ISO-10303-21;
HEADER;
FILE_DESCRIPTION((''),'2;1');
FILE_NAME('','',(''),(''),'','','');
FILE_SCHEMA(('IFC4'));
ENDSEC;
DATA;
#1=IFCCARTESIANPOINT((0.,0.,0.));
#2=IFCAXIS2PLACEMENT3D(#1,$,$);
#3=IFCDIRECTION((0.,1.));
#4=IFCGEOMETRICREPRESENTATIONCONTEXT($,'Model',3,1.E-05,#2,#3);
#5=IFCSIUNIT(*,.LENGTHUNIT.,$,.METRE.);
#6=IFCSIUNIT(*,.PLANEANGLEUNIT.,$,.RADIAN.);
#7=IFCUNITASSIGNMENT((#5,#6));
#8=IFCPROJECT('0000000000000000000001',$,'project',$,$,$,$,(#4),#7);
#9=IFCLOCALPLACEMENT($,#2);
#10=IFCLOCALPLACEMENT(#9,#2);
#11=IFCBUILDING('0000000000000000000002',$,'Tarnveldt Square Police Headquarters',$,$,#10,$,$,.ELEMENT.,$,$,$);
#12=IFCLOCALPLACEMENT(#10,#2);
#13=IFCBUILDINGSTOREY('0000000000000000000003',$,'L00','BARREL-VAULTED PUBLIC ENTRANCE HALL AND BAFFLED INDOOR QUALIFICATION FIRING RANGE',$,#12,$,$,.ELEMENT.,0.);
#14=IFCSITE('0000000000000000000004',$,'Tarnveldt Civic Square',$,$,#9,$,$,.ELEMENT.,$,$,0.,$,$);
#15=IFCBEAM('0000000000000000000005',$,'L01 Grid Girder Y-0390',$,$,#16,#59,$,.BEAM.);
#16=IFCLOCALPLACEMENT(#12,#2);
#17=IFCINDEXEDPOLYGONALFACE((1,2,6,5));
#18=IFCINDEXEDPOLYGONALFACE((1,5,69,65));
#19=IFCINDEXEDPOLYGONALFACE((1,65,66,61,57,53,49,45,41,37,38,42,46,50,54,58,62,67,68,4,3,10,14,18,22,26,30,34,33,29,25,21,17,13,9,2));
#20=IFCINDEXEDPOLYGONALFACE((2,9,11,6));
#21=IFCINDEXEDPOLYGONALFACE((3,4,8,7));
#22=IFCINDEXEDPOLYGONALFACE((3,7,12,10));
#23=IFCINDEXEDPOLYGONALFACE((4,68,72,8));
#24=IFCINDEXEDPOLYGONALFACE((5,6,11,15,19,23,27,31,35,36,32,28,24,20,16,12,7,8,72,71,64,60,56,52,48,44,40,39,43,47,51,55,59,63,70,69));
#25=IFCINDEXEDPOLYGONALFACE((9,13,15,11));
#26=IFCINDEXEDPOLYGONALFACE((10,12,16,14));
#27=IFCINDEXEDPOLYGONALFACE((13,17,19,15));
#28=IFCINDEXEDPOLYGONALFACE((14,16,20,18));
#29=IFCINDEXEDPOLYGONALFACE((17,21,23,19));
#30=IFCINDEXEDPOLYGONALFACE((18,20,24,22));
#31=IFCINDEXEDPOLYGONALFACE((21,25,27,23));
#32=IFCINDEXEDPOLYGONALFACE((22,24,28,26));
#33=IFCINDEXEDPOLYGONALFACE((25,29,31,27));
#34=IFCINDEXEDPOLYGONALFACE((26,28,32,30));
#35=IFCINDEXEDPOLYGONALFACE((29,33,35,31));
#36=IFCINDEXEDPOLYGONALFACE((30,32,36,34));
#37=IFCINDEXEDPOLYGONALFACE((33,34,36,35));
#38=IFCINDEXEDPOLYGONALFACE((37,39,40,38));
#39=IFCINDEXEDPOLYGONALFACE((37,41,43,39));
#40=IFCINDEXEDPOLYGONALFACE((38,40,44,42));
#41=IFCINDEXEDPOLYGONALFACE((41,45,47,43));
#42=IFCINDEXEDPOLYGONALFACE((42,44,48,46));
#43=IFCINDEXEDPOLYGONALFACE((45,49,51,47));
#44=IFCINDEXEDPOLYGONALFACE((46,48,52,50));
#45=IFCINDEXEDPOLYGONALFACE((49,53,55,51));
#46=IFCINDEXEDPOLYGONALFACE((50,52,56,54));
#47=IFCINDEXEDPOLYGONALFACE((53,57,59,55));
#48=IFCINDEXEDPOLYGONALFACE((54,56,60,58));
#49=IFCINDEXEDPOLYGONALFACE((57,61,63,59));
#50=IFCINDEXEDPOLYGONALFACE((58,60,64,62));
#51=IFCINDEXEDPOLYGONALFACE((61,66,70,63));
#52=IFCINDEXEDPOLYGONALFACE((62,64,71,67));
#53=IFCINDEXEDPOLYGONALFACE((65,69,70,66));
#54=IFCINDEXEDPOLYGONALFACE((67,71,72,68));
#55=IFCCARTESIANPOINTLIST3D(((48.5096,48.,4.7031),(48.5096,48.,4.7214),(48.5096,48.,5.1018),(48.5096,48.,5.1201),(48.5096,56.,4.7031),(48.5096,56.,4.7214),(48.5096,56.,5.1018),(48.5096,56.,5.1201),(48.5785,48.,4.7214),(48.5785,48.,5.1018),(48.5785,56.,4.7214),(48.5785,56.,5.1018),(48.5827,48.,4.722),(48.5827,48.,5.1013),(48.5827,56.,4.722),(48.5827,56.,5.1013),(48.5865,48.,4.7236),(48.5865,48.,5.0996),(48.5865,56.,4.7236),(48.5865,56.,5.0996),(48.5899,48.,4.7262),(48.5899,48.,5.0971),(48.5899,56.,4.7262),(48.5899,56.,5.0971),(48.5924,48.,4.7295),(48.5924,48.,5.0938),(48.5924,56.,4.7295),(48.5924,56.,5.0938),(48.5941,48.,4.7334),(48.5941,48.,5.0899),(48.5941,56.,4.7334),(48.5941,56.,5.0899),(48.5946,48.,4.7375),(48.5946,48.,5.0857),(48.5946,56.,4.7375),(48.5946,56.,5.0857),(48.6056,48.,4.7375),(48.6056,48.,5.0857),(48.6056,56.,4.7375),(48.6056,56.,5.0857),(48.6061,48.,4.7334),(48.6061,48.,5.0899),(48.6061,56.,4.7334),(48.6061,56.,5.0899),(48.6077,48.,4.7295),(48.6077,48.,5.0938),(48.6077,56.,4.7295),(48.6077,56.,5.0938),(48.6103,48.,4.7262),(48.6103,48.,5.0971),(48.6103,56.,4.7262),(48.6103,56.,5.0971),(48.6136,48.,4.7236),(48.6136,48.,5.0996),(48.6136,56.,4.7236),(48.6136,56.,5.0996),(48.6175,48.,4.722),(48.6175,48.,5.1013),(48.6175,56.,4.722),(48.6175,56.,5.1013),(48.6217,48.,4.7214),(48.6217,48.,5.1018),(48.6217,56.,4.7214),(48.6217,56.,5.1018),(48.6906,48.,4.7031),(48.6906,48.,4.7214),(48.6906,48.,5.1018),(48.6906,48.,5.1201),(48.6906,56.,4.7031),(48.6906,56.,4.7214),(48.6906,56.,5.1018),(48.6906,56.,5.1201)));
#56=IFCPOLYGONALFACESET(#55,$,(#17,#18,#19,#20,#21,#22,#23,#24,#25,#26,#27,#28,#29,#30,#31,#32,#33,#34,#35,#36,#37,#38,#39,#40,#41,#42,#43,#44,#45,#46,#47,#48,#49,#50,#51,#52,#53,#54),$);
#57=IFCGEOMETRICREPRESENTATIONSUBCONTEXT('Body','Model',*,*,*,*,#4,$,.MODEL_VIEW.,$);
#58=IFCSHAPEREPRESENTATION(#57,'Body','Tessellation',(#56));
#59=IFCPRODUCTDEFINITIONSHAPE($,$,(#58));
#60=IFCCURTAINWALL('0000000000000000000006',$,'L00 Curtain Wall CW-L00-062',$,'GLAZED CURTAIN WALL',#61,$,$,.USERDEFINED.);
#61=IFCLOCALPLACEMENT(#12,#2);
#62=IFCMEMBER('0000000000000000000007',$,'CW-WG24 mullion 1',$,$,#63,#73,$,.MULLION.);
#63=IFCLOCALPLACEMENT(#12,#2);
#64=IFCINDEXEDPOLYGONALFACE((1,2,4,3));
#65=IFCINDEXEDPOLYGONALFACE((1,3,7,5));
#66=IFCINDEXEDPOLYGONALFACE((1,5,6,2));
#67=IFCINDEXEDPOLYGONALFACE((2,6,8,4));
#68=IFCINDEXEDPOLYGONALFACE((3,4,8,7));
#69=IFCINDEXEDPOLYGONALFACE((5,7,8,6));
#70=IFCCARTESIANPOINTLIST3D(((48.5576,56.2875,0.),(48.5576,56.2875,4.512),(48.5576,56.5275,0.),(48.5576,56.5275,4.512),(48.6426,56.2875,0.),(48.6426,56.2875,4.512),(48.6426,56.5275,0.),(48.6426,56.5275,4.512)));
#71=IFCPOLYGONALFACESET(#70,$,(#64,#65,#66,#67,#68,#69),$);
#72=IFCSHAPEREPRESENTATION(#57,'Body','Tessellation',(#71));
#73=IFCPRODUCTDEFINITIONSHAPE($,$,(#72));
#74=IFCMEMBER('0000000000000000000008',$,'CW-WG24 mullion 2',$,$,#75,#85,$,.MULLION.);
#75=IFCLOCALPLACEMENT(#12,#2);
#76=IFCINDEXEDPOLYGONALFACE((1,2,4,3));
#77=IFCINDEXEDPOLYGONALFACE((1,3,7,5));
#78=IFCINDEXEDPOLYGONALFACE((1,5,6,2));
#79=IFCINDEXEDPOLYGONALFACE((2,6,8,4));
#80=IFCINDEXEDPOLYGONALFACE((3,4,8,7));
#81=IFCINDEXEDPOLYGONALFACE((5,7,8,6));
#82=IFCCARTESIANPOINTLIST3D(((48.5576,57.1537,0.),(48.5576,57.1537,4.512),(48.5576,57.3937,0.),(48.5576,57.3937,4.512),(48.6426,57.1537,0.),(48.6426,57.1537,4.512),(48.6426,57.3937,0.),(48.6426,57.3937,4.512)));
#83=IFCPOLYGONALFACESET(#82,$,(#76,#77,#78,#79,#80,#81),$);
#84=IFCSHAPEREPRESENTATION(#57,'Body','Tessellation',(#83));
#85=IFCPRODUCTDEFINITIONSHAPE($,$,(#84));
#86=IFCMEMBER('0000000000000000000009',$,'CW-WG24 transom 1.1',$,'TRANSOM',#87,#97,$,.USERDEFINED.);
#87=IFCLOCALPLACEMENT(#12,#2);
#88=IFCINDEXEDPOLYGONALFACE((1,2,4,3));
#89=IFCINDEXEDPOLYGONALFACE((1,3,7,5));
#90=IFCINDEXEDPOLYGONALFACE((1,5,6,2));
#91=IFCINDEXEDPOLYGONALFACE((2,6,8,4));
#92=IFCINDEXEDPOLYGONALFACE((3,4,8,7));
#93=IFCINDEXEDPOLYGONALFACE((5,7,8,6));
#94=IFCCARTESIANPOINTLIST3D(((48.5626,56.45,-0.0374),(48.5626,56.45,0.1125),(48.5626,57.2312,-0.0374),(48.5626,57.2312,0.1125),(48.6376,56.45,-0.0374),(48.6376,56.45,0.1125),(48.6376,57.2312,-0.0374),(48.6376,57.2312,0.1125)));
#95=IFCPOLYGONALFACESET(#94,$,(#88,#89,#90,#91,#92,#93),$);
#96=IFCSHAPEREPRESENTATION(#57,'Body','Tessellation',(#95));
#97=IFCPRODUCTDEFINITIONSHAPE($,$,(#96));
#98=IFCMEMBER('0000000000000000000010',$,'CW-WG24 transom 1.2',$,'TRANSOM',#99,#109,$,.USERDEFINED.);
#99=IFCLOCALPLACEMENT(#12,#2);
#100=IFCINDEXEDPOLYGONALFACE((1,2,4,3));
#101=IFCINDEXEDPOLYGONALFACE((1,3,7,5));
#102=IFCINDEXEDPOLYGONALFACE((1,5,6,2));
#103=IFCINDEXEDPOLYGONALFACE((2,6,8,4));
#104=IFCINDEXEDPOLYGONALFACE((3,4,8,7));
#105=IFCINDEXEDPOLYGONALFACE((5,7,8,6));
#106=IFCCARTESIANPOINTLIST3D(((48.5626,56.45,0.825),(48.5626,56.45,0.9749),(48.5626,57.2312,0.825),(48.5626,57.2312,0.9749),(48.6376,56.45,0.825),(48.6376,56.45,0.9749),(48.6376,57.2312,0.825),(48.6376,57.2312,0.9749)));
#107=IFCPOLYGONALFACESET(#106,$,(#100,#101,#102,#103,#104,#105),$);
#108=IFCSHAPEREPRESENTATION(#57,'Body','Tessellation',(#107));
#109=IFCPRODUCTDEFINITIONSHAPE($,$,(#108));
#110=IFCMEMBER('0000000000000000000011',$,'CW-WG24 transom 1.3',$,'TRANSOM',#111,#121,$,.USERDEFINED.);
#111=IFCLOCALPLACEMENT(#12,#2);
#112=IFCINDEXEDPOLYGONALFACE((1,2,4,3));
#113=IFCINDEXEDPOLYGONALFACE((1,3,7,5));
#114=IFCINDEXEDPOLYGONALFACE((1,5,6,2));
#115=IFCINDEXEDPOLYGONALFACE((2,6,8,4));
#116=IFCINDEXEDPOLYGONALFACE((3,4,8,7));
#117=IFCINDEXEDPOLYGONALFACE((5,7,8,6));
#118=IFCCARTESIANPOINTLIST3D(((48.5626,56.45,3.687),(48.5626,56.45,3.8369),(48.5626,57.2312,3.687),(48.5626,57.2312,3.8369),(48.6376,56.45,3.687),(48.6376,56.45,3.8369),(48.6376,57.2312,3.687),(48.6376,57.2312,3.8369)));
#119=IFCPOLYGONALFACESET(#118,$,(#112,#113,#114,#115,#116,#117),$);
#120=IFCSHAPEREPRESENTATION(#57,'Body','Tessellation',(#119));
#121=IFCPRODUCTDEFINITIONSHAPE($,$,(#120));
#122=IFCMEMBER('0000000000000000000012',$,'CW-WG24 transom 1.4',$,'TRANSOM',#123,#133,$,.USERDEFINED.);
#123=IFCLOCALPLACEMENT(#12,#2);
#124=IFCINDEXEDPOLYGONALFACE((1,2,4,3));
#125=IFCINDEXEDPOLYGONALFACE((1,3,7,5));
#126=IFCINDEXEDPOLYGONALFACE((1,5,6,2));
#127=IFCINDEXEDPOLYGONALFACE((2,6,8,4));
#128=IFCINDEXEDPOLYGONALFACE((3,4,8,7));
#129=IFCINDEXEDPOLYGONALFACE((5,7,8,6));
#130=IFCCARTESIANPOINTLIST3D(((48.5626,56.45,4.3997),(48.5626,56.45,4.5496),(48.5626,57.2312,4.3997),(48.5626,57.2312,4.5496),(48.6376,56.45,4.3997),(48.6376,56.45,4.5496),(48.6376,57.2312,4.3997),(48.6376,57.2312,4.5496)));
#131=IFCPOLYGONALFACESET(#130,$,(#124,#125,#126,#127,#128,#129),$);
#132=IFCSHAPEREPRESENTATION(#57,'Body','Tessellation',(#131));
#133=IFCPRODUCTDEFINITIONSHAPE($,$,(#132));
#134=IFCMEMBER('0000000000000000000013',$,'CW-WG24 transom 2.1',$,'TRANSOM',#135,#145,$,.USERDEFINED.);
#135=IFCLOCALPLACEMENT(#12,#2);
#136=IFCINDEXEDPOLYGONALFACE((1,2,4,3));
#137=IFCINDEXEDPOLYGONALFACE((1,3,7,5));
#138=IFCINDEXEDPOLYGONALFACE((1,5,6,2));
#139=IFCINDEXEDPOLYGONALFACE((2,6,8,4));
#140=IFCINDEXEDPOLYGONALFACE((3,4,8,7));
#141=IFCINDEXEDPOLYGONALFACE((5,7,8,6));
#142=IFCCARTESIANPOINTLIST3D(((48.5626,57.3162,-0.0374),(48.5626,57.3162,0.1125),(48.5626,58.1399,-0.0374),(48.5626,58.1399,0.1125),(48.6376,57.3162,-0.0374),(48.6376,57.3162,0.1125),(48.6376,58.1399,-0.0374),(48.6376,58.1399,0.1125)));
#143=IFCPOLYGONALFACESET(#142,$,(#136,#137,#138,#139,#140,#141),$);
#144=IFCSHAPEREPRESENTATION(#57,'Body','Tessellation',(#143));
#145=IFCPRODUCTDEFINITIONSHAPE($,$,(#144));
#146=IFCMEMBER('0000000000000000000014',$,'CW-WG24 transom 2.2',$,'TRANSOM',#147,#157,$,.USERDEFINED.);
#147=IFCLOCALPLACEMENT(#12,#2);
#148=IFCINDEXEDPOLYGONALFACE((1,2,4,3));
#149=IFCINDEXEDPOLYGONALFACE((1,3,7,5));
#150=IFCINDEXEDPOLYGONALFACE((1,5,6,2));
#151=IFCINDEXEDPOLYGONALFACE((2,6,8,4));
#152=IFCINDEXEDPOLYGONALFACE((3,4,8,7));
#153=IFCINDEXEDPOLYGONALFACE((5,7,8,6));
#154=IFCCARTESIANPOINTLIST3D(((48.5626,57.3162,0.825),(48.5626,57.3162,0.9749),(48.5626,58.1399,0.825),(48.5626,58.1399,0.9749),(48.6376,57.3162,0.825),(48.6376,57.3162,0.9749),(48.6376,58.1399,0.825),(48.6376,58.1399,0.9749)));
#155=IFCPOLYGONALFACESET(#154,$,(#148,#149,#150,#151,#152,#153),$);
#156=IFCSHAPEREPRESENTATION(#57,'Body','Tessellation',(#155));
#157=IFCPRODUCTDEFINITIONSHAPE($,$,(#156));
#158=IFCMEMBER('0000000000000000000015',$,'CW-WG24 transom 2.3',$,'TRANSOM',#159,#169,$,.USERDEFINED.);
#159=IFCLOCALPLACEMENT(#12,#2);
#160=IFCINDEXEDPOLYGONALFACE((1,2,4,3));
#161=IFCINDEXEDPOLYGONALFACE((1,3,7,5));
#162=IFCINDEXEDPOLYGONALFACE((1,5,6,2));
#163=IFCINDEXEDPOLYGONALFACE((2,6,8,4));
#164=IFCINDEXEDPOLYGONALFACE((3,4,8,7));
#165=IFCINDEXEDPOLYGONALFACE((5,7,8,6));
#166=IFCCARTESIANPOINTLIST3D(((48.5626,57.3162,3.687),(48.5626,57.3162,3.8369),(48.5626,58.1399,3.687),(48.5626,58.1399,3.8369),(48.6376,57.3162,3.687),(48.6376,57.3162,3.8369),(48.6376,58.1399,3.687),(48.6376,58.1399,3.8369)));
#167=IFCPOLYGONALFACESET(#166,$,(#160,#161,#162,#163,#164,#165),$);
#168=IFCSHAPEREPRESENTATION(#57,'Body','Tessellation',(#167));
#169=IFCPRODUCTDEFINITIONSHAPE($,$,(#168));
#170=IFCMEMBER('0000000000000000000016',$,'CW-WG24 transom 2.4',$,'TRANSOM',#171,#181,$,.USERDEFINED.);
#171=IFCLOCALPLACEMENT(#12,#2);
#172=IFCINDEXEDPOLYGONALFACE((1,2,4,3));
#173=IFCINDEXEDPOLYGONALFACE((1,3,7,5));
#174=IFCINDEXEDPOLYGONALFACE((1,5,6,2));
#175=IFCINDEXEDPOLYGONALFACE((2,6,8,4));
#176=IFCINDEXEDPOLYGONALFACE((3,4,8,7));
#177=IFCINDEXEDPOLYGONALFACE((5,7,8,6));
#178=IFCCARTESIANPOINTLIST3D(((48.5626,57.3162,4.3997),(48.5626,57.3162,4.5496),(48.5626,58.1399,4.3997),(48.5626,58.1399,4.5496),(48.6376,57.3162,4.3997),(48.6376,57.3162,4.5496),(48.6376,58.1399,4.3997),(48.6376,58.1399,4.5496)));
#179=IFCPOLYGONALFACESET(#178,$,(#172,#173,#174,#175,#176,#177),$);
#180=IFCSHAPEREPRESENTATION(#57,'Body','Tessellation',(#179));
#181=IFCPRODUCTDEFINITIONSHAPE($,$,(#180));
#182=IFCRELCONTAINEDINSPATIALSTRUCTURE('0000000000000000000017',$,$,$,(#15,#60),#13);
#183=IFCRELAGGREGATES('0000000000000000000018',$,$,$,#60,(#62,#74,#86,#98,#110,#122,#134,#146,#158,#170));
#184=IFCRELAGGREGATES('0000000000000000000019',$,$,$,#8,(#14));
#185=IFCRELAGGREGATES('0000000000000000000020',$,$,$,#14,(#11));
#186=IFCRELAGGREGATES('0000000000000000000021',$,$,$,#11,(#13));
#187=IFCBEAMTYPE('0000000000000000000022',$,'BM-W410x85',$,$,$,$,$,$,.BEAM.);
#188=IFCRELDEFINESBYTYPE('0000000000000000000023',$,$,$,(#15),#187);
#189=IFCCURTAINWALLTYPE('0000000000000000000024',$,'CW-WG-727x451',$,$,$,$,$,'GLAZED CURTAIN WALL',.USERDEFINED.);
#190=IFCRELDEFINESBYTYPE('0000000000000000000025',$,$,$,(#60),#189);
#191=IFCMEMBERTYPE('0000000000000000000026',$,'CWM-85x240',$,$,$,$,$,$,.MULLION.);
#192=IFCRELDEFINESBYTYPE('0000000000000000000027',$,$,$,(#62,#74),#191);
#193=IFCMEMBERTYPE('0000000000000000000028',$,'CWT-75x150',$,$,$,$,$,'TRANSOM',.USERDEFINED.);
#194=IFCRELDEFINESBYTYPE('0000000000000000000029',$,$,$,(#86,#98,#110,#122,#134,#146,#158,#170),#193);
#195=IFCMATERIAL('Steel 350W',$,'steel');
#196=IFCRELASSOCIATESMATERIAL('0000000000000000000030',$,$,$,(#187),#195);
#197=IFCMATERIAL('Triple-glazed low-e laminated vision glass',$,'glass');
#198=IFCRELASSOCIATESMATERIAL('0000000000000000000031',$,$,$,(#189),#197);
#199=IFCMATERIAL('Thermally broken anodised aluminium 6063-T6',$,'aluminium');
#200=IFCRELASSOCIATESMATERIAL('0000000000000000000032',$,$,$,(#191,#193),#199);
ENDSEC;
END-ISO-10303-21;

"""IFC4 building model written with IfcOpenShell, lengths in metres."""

from ifc_helpers import new_model, si_unit, direction, frame, origin, origin_2d, place, context, subcontext, project, spatial, rectangle, i_section, extrude, material, material_profile, profile_set, type_object, element, aggregate, save


model = new_model("IFC4")

# Units and contexts
model_context = context("Model", 3, precision=1e-05, world=origin(), true_north=direction((0.0, 1.0)))
body_context = subcontext(model_context, "Body", "Model", "MODEL_VIEW")
ifc_project = project(units=[si_unit("LENGTHUNIT", "METRE"), si_unit("PLANEANGLEUNIT", "RADIAN")], contexts=[model_context])

# Site, building, storey
site_placement = place(None, origin())
site = spatial("IfcSite", under=ifc_project, at=site_placement, Name="Tarnveldt Civic Square", CompositionType="ELEMENT", RefElevation=0.0)
building_placement = place(site_placement, origin())
building = spatial("IfcBuilding", under=site, at=building_placement, Name="Tarnveldt Square Police Headquarters", CompositionType="ELEMENT")
storey_placement = place(building_placement, origin())
storey = spatial("IfcBuildingStorey", under=building, at=storey_placement, Name="L00", Description="BARREL-VAULTED PUBLIC ENTRANCE HALL AND BAFFLED INDOOR QUALIFICATION FIRING RANGE", CompositionType="ELEMENT", Elevation=0.0)

# Beam
ifc_material_1 = material(Name="Steel 350W", Category="steel")
ifc_material_profile_1 = material_profile(ifc_material_1, i_section(OverallWidth=0.1809, OverallDepth=0.417, WebThickness=0.011, FlangeThickness=0.0183, FilletRadius=0.0161, at=origin_2d()), Name="W410x85")
ifc_profile_set_1 = profile_set([ifc_material_profile_1], Name="Steel 350W")
beam_type_1 = type_object("IfcBeamType", Name="BM-W410x85", PredefinedType="BEAM", material=ifc_profile_set_1)
for number, where, z_axis, x_axis, name in (
    (1, (48.6001, 48.0, 4.9116), (0.0, 1.0, 0.0), (-1.0, 0.0, 0.0), "L01 Grid Girder Y-0390"),
):
    element("IfcBeam", number, at=place(storey_placement, frame(where, z_axis=z_axis, x_axis=x_axis)), inside=storey, type_object=beam_type_1, Name=name, PredefinedType="BEAM", context=body_context, shape_type="SweptSolid", body=[
        extrude(i_section(OverallWidth=0.1809, OverallDepth=0.417, WebThickness=0.011, FlangeThickness=0.0183, FilletRadius=0.0161, at=origin_2d()), origin(), (0.0, 0.0, 1.0), 8.0),
    ])

# Curtain wall, members
ifc_material_2 = material(Name="Triple-glazed low-e laminated vision glass", Category="glass")
curtain_wall_type = type_object("IfcCurtainWallType", Name="CW-WG-727x451", ElementType="GLAZED CURTAIN WALL", PredefinedType="USERDEFINED", material=ifc_material_2)
curtain_wall_placement = place(storey_placement, origin())
curtain_wall = element("IfcCurtainWall", 2, at=curtain_wall_placement, inside=storey, type_object=curtain_wall_type, Name="L00 Curtain Wall CW-L00-062", ObjectType="GLAZED CURTAIN WALL", PredefinedType="USERDEFINED")
ifc_material_3 = material(Name="Thermally broken anodised aluminium 6063-T6", Category="aluminium")
ifc_material_profile_2 = material_profile(ifc_material_3, rectangle(XDim=0.085, YDim=0.24, at=origin_2d()), Name="CW-M85x240")
ifc_profile_set_2 = profile_set([ifc_material_profile_2], Name="Thermally broken anodised aluminium 6063-T6")
member_type_1 = type_object("IfcMemberType", Name="CWM-85x240", PredefinedType="MULLION", material=ifc_profile_set_2)
member_1_placement = place(storey_placement, frame((48.6001, 56.4075, 0.0), z_axis=(0.0, 0.0, 1.0), x_axis=(-1.0, 0.0, 0.0)))
member_1 = element("IfcMember", 3, at=member_1_placement, type_object=member_type_1, Name="CW-WG24 mullion 1", PredefinedType="MULLION", context=body_context, shape_type="SweptSolid", body=[
    extrude(rectangle(XDim=0.085, YDim=0.24, at=origin_2d()), origin(), (0.0, 0.0, 1.0), 4.512),
])
member_2_placement = place(storey_placement, frame((48.6001, 57.2737, 0.0), z_axis=(0.0, 0.0, 1.0), x_axis=(-1.0, 0.0, 0.0)))
member_2 = element("IfcMember", 4, at=member_2_placement, type_object=member_type_1, Name="CW-WG24 mullion 2", PredefinedType="MULLION", context=body_context, shape_type="SweptSolid", body=[
    extrude(rectangle(XDim=0.085, YDim=0.24, at=origin_2d()), origin(), (0.0, 0.0, 1.0), 4.512),
])
ifc_material_profile_3 = material_profile(ifc_material_3, rectangle(XDim=0.075, YDim=0.1499, at=origin_2d()), Name="CW-T75x150")
ifc_profile_set_3 = profile_set([ifc_material_profile_3], Name="Thermally broken anodised aluminium 6063-T6")
member_type_2 = type_object("IfcMemberType", Name="CWT-75x150", ElementType="TRANSOM", PredefinedType="USERDEFINED", material=ifc_profile_set_3)
member_3_placement = place(storey_placement, frame((48.6001, 56.45, 0.0376), z_axis=(0.0, 1.0, 0.0), x_axis=(-1.0, 0.0, 0.0)))
member_3 = element("IfcMember", 5, at=member_3_placement, type_object=member_type_2, Name="CW-WG24 transom 1.1", ObjectType="TRANSOM", PredefinedType="USERDEFINED", context=body_context, shape_type="SweptSolid", body=[
    extrude(rectangle(XDim=0.075, YDim=0.1499, at=origin_2d()), origin(), (0.0, 0.0, 1.0), 0.7812),
])
member_4_placement = place(storey_placement, frame((48.6001, 56.45, 0.8999), z_axis=(0.0, 1.0, 0.0), x_axis=(-1.0, 0.0, 0.0)))
member_4 = element("IfcMember", 6, at=member_4_placement, type_object=member_type_2, Name="CW-WG24 transom 1.2", ObjectType="TRANSOM", PredefinedType="USERDEFINED", context=body_context, shape_type="SweptSolid", body=[
    extrude(rectangle(XDim=0.075, YDim=0.1499, at=origin_2d()), origin(), (0.0, 0.0, 1.0), 0.7812),
])
member_5_placement = place(storey_placement, frame((48.6001, 56.45, 3.762), z_axis=(0.0, 1.0, 0.0), x_axis=(-1.0, 0.0, 0.0)))
member_5 = element("IfcMember", 7, at=member_5_placement, type_object=member_type_2, Name="CW-WG24 transom 1.3", ObjectType="TRANSOM", PredefinedType="USERDEFINED", context=body_context, shape_type="SweptSolid", body=[
    extrude(rectangle(XDim=0.075, YDim=0.1499, at=origin_2d()), origin(), (0.0, 0.0, 1.0), 0.7812),
])
member_6_placement = place(storey_placement, frame((48.6001, 56.45, 4.4746), z_axis=(0.0, 1.0, 0.0), x_axis=(-1.0, 0.0, 0.0)))
member_6 = element("IfcMember", 8, at=member_6_placement, type_object=member_type_2, Name="CW-WG24 transom 1.4", ObjectType="TRANSOM", PredefinedType="USERDEFINED", context=body_context, shape_type="SweptSolid", body=[
    extrude(rectangle(XDim=0.075, YDim=0.1499, at=origin_2d()), origin(), (0.0, 0.0, 1.0), 0.7812),
])
member_7_placement = place(storey_placement, frame((48.6001, 57.3162, 0.0376), z_axis=(0.0, 1.0, 0.0), x_axis=(-1.0, 0.0, 0.0)))
member_7 = element("IfcMember", 9, at=member_7_placement, type_object=member_type_2, Name="CW-WG24 transom 2.1", ObjectType="TRANSOM", PredefinedType="USERDEFINED", context=body_context, shape_type="SweptSolid", body=[
    extrude(rectangle(XDim=0.075, YDim=0.1499, at=origin_2d()), origin(), (0.0, 0.0, 1.0), 0.8237),
])
member_8_placement = place(storey_placement, frame((48.6001, 57.3162, 0.8999), z_axis=(0.0, 1.0, 0.0), x_axis=(-1.0, 0.0, 0.0)))
member_8 = element("IfcMember", 10, at=member_8_placement, type_object=member_type_2, Name="CW-WG24 transom 2.2", ObjectType="TRANSOM", PredefinedType="USERDEFINED", context=body_context, shape_type="SweptSolid", body=[
    extrude(rectangle(XDim=0.075, YDim=0.1499, at=origin_2d()), origin(), (0.0, 0.0, 1.0), 0.8237),
])
member_9_placement = place(storey_placement, frame((48.6001, 57.3162, 3.762), z_axis=(0.0, 1.0, 0.0), x_axis=(-1.0, 0.0, 0.0)))
member_9 = element("IfcMember", 11, at=member_9_placement, type_object=member_type_2, Name="CW-WG24 transom 2.3", ObjectType="TRANSOM", PredefinedType="USERDEFINED", context=body_context, shape_type="SweptSolid", body=[
    extrude(rectangle(XDim=0.075, YDim=0.1499, at=origin_2d()), origin(), (0.0, 0.0, 1.0), 0.8237),
])
member_10_placement = place(storey_placement, frame((48.6001, 57.3162, 4.4746), z_axis=(0.0, 1.0, 0.0), x_axis=(-1.0, 0.0, 0.0)))
member_10 = element("IfcMember", 12, at=member_10_placement, type_object=member_type_2, Name="CW-WG24 transom 2.4", ObjectType="TRANSOM", PredefinedType="USERDEFINED", context=body_context, shape_type="SweptSolid", body=[
    extrude(rectangle(XDim=0.075, YDim=0.1499, at=origin_2d()), origin(), (0.0, 0.0, 1.0), 0.8237),
])
aggregate(curtain_wall, [member_1, member_2, member_3, member_4, member_5, member_6, member_7, member_8, member_9, member_10])

save(model, "model.ifc")
